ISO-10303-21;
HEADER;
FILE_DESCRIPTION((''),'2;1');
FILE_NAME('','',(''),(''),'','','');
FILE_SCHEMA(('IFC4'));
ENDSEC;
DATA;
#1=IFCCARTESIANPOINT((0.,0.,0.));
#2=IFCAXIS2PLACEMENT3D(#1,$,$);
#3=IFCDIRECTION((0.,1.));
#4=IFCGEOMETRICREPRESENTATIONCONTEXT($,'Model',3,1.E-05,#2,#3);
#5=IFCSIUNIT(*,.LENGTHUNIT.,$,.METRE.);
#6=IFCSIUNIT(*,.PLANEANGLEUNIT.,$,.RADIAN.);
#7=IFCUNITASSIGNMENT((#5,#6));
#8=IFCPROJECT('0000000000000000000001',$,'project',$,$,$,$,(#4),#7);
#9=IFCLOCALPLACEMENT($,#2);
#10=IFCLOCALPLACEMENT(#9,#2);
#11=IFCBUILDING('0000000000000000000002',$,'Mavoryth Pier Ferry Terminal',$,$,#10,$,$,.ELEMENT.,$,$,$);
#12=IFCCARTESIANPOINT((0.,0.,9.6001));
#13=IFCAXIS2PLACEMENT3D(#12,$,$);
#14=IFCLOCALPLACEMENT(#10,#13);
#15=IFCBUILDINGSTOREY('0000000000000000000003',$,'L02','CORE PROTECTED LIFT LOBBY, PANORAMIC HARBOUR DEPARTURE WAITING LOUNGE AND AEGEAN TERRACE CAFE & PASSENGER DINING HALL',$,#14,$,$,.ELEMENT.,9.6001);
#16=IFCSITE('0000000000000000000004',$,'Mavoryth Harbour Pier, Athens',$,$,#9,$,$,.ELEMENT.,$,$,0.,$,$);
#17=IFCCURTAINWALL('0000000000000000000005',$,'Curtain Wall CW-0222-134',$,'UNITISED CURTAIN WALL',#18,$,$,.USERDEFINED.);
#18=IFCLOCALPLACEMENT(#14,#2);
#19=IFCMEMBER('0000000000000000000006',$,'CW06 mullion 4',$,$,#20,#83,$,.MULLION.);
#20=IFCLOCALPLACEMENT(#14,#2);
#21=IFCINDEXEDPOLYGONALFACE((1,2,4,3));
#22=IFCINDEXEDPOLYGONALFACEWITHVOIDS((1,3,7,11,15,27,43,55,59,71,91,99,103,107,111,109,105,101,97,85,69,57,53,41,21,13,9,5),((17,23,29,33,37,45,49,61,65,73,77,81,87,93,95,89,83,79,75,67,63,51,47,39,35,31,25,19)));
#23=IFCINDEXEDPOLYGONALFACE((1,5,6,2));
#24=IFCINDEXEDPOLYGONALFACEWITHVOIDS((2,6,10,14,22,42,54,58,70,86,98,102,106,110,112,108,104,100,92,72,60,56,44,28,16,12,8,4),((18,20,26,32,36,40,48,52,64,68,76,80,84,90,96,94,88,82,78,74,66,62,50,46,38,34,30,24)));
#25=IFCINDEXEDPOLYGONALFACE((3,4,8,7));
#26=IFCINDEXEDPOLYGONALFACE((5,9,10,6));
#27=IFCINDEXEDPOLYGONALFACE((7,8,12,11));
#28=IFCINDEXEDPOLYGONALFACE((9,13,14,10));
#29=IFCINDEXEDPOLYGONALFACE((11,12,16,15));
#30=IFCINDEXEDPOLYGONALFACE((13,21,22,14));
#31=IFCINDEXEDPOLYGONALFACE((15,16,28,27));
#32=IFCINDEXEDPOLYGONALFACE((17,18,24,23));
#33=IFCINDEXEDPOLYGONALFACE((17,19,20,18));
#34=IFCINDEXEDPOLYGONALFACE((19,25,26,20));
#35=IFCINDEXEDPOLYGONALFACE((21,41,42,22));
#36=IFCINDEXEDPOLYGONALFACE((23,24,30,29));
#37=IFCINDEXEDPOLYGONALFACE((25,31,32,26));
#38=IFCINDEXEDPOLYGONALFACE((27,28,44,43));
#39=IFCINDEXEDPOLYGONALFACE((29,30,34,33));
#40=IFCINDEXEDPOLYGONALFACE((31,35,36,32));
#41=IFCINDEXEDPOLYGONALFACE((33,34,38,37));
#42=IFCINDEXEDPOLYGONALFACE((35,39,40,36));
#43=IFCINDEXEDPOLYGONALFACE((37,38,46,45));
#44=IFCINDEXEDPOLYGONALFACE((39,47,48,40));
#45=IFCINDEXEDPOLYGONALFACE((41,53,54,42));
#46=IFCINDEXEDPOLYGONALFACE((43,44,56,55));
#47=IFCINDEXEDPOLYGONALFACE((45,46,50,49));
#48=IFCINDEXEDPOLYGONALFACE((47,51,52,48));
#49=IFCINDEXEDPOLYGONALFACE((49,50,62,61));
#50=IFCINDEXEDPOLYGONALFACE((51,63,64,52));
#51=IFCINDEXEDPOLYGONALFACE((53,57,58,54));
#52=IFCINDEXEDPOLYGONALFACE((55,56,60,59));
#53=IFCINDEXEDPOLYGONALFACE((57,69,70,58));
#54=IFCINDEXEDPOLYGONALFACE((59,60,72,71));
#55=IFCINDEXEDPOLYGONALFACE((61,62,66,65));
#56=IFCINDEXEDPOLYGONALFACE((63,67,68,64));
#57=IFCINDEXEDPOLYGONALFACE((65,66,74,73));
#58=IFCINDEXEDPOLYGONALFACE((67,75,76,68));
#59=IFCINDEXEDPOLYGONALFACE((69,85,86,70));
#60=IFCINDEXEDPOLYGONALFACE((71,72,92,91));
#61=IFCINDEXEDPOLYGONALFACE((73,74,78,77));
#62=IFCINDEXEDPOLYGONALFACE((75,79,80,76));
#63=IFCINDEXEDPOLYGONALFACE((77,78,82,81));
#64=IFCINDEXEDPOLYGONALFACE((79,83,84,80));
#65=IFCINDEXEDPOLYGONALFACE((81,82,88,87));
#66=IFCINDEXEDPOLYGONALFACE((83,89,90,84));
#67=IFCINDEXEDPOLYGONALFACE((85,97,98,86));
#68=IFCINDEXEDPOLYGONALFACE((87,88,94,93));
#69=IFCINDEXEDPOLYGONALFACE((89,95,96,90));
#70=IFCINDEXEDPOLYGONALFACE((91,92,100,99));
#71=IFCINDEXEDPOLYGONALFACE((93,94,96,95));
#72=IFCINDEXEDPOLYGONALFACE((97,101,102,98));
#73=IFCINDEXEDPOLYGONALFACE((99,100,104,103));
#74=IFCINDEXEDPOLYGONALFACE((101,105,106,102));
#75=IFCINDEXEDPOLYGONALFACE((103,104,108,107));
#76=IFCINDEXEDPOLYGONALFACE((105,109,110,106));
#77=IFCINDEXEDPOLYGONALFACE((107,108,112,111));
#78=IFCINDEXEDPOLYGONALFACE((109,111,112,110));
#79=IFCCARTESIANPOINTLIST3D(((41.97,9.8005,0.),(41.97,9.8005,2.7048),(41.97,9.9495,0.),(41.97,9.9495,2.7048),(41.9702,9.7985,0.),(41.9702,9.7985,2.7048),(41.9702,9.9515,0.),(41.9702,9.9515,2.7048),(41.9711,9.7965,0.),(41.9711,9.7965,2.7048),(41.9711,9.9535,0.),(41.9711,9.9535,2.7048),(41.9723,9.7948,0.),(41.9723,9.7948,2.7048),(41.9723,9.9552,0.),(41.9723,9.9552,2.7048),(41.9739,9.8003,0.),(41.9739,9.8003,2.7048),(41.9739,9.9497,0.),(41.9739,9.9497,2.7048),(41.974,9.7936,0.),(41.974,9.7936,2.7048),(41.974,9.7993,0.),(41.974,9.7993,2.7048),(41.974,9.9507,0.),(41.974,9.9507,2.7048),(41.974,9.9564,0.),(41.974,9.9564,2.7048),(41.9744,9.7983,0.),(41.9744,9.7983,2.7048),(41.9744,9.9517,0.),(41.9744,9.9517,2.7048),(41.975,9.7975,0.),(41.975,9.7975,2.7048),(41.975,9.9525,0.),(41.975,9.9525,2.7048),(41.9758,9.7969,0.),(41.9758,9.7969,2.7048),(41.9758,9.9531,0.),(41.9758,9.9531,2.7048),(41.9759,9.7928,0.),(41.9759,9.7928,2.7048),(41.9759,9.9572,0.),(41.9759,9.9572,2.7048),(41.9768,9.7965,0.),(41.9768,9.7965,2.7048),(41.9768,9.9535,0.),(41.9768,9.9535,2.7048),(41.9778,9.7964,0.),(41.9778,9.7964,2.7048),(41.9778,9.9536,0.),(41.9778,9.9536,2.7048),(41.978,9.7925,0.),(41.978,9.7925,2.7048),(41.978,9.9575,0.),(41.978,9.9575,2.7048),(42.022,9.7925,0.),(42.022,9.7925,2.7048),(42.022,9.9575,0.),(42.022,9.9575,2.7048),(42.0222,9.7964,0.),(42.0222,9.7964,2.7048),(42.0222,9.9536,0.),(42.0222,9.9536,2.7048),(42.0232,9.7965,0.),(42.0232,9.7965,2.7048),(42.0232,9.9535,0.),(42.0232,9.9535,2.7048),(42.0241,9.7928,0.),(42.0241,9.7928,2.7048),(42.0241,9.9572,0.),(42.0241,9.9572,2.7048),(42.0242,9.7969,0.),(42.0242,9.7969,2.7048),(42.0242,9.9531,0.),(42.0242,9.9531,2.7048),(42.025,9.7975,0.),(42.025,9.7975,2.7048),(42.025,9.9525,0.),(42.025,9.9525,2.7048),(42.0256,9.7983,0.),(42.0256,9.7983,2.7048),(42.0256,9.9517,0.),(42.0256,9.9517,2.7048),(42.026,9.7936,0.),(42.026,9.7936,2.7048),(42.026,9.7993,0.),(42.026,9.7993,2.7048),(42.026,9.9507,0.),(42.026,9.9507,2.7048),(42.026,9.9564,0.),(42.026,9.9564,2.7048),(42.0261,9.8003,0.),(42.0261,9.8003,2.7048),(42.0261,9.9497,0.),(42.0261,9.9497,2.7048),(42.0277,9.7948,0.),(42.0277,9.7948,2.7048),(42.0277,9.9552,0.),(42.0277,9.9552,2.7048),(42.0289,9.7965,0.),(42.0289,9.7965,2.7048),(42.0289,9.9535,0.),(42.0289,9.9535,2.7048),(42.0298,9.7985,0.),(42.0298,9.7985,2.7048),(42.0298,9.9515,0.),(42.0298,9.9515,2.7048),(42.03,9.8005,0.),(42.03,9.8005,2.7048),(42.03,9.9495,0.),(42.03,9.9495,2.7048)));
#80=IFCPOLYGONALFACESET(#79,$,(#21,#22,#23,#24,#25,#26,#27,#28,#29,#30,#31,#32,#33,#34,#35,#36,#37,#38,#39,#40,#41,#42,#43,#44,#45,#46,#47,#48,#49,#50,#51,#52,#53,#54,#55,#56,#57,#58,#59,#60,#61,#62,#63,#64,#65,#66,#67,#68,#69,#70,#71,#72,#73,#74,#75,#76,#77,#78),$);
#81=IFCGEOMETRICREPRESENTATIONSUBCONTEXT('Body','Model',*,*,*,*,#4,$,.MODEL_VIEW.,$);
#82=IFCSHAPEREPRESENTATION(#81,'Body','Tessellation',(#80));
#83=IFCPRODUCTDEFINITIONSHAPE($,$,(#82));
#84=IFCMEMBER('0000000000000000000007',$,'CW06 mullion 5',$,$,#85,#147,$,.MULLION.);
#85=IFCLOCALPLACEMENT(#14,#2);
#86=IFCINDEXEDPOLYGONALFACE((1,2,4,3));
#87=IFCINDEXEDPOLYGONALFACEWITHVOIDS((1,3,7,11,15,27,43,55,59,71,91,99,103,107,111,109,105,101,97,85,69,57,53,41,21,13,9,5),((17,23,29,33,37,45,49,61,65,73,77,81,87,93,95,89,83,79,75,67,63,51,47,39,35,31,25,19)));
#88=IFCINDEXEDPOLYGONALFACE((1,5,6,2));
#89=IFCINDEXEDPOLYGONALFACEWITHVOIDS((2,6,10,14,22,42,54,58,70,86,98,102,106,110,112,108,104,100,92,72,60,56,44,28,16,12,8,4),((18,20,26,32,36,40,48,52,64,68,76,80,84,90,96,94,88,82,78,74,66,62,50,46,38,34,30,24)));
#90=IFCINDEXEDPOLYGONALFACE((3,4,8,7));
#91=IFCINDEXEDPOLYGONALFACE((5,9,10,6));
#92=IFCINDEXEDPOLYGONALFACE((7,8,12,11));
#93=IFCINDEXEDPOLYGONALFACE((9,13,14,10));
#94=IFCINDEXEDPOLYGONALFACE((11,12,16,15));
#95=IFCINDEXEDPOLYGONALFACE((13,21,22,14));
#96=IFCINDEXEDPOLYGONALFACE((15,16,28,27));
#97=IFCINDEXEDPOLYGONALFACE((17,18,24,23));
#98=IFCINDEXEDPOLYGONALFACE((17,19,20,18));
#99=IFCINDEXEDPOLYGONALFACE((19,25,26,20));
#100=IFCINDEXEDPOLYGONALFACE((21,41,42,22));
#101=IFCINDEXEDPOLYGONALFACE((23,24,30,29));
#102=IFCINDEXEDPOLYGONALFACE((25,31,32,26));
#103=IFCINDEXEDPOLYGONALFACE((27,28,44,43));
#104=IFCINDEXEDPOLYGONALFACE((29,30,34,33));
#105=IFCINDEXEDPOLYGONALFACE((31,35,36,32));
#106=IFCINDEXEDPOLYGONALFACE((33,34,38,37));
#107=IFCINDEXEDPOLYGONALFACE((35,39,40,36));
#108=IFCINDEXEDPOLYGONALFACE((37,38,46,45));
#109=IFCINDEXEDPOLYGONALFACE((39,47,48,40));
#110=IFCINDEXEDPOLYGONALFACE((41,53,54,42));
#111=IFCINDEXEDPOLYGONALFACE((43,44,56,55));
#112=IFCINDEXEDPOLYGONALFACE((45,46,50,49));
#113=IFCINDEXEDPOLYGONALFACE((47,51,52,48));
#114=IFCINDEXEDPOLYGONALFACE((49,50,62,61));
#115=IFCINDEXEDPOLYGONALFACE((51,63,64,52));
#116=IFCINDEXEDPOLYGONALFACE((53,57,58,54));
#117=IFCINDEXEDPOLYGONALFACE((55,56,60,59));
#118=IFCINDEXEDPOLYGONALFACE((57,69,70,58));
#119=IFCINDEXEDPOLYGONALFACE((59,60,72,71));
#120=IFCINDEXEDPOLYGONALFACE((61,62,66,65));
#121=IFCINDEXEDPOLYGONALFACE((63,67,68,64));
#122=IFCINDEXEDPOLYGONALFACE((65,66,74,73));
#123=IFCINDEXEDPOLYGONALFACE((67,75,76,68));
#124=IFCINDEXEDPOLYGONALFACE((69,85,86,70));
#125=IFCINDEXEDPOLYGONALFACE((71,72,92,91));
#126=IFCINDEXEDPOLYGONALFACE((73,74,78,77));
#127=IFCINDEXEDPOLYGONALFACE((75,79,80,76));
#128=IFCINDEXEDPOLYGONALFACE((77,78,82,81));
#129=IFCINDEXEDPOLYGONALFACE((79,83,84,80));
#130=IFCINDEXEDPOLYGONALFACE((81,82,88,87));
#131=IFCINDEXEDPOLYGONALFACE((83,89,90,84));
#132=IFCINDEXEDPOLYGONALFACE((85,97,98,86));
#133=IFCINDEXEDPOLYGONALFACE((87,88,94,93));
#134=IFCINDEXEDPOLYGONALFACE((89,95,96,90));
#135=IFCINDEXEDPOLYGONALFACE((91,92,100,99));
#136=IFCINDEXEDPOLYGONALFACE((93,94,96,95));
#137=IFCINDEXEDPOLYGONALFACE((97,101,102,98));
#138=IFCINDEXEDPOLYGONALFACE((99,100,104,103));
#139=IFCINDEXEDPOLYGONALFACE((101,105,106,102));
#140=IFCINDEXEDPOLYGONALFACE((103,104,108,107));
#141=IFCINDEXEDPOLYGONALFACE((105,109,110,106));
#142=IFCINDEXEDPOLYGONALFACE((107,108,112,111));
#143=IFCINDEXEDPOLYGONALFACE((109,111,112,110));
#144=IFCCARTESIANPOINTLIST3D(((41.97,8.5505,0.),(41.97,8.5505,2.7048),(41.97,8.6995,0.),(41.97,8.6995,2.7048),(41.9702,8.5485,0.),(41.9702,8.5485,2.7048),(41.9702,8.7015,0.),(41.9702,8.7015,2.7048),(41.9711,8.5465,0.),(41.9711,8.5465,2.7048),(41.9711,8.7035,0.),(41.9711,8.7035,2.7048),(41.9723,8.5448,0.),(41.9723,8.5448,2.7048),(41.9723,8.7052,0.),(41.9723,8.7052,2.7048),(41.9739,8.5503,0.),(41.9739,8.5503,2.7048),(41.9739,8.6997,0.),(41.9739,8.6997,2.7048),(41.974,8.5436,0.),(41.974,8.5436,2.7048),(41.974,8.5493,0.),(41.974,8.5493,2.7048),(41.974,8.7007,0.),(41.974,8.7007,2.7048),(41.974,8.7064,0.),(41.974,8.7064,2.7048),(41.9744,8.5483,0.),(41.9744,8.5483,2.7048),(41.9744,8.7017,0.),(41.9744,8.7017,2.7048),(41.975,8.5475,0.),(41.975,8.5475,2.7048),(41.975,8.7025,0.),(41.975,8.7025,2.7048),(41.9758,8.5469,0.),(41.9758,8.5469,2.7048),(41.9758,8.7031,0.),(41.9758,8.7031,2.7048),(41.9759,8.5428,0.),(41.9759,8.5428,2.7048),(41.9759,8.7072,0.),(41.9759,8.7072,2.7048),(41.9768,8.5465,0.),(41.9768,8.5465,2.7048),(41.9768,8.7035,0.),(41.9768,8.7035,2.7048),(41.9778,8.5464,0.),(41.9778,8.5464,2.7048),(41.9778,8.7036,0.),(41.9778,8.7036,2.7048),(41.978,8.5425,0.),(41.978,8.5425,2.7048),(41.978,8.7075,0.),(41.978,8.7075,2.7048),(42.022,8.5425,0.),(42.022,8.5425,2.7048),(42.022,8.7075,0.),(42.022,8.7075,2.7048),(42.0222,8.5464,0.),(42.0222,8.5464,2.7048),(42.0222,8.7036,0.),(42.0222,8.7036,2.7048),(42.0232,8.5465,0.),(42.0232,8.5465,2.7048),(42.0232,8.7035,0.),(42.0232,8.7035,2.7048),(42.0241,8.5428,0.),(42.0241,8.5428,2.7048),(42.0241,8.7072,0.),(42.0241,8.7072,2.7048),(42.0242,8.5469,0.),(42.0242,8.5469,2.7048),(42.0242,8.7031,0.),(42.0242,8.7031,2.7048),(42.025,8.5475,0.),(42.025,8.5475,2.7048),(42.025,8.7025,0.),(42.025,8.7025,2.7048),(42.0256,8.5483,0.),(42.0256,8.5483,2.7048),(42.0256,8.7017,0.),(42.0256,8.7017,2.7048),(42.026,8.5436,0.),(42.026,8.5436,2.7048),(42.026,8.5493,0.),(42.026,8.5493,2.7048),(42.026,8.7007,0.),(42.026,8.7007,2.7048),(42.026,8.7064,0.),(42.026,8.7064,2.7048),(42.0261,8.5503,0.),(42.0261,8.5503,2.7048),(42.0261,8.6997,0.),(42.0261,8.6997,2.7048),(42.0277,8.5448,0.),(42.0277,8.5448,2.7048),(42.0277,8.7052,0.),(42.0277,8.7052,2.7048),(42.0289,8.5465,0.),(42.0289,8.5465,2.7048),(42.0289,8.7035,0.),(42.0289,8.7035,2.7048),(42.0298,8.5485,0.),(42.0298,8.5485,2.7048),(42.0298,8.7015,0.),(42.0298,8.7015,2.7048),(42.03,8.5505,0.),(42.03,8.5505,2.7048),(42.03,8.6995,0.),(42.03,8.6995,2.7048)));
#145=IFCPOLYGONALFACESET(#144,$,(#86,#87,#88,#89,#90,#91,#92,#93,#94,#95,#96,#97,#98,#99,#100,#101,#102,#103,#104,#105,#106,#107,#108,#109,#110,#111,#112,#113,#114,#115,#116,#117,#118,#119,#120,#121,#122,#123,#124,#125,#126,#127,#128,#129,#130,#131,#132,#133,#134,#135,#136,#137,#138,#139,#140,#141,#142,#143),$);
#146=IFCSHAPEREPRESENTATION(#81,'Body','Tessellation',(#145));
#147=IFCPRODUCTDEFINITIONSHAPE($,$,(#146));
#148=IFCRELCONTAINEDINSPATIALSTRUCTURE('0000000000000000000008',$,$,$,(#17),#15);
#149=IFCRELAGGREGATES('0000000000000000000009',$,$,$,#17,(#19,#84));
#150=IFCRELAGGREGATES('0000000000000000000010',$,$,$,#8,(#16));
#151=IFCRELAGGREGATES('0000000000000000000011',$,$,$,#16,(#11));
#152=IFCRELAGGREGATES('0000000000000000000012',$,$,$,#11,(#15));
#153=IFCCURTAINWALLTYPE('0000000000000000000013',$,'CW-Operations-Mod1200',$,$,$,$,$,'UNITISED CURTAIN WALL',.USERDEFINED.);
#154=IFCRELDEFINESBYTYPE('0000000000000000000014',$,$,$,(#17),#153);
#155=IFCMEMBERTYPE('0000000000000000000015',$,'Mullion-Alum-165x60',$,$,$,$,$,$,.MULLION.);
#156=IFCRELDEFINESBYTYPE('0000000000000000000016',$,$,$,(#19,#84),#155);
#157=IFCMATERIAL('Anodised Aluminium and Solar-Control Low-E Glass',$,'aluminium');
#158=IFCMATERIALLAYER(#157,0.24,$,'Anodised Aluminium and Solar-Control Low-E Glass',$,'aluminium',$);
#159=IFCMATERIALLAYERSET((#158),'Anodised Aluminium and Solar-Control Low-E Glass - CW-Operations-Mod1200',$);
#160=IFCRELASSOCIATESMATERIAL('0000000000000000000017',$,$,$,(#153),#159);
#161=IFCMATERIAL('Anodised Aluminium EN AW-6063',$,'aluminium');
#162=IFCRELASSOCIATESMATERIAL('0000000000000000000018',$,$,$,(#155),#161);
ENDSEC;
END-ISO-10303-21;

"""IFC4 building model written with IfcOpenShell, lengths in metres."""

from ifc_helpers import new_model, si_unit, direction, frame, origin, origin_2d, place, context, subcontext, project, spatial, hollow_rectangle, extrude, material, layer, layer_set, material_profile, profile_set, type_object, element, aggregate, save


model = new_model("IFC4")

# Units and contexts
model_context = context("Model", 3, precision=1e-05, world=origin(), true_north=direction((0.0, 1.0)))
body_context = subcontext(model_context, "Body", "Model", "MODEL_VIEW")
ifc_project = project(units=[si_unit("LENGTHUNIT", "METRE"), si_unit("PLANEANGLEUNIT", "RADIAN")], contexts=[model_context])

# Site, building, storey
site_placement = place(None, origin())
site = spatial("IfcSite", under=ifc_project, at=site_placement, Name="Mavoryth Harbour Pier, Athens", CompositionType="ELEMENT", RefElevation=0.0)
building_placement = place(site_placement, origin())
building = spatial("IfcBuilding", under=site, at=building_placement, Name="Mavoryth Pier Ferry Terminal", CompositionType="ELEMENT")
storey_placement = place(building_placement, frame((0.0, 0.0, 9.6001)))
storey = spatial("IfcBuildingStorey", under=building, at=storey_placement, Name="L02", Description="CORE PROTECTED LIFT LOBBY, PANORAMIC HARBOUR DEPARTURE WAITING LOUNGE AND AEGEAN TERRACE CAFE & PASSENGER DINING HALL", CompositionType="ELEMENT", Elevation=9.6001)

# Curtain wall, members
ifc_material_1 = material(Name="Anodised Aluminium and Solar-Control Low-E Glass", Category="aluminium")
ifc_layer_1 = layer(ifc_material_1, 0.24, Name="Anodised Aluminium and Solar-Control Low-E Glass", Category="aluminium")
ifc_layer_set_1 = layer_set([ifc_layer_1], Name="Anodised Aluminium and Solar-Control Low-E Glass - CW-Operations-Mod1200")
curtain_wall_type = type_object("IfcCurtainWallType", Name="CW-Operations-Mod1200", ElementType="UNITISED CURTAIN WALL", PredefinedType="USERDEFINED", material=ifc_layer_set_1)
ifc_material_2 = material(Name="Anodised Aluminium EN AW-6063", Category="aluminium")
ifc_material_profile_1 = material_profile(ifc_material_2, hollow_rectangle(XDim=0.0601, YDim=0.165, WallThickness=0.0039, InnerFilletRadius=0.0039, OuterFilletRadius=0.0081, at=origin_2d()), Name="AL-MULL 165x60x4", Category="aluminium")
ifc_profile_set_1 = profile_set([ifc_material_profile_1], Name="Anodised Aluminium EN AW-6063 - AL-MULL 165x60x4")
member_type_1 = type_object("IfcMemberType", Name="Mullion-Alum-165x60", PredefinedType="MULLION", material=ifc_profile_set_1)
curtain_wall_1_placement = place(storey_placement, origin())
curtain_wall_1 = element("IfcCurtainWall", 1, at=curtain_wall_1_placement, inside=storey, type_object=curtain_wall_type, Name="Curtain Wall CW-0222-134", ObjectType="UNITISED CURTAIN WALL", PredefinedType="USERDEFINED")
member_1_placement = place(storey_placement, frame((42.0, 9.875, 0.0), z_axis=(0.0, 0.0, 1.0), x_axis=(1.0, 0.0, 0.0)))
member_1 = element("IfcMember", 2, at=member_1_placement, type_object=member_type_1, Name="CW06 mullion 4", PredefinedType="MULLION", context=body_context, shape_type="SweptSolid", body=[
    extrude(hollow_rectangle(XDim=0.0601, YDim=0.165, WallThickness=0.0039, InnerFilletRadius=0.0039, OuterFilletRadius=0.0081, at=origin_2d()), origin(), (0.0, 0.0, 1.0), 2.7048),
])
member_2_placement = place(storey_placement, frame((42.0, 8.625, 0.0), z_axis=(0.0, 0.0, 1.0), x_axis=(1.0, 0.0, 0.0)))
member_2 = element("IfcMember", 3, at=member_2_placement, type_object=member_type_1, Name="CW06 mullion 5", PredefinedType="MULLION", context=body_context, shape_type="SweptSolid", body=[
    extrude(hollow_rectangle(XDim=0.0601, YDim=0.165, WallThickness=0.0039, InnerFilletRadius=0.0039, OuterFilletRadius=0.0081, at=origin_2d()), origin(), (0.0, 0.0, 1.0), 2.7048),
])

aggregate(curtain_wall_1, [member_1, member_2])

save(model, "model.ifc")
